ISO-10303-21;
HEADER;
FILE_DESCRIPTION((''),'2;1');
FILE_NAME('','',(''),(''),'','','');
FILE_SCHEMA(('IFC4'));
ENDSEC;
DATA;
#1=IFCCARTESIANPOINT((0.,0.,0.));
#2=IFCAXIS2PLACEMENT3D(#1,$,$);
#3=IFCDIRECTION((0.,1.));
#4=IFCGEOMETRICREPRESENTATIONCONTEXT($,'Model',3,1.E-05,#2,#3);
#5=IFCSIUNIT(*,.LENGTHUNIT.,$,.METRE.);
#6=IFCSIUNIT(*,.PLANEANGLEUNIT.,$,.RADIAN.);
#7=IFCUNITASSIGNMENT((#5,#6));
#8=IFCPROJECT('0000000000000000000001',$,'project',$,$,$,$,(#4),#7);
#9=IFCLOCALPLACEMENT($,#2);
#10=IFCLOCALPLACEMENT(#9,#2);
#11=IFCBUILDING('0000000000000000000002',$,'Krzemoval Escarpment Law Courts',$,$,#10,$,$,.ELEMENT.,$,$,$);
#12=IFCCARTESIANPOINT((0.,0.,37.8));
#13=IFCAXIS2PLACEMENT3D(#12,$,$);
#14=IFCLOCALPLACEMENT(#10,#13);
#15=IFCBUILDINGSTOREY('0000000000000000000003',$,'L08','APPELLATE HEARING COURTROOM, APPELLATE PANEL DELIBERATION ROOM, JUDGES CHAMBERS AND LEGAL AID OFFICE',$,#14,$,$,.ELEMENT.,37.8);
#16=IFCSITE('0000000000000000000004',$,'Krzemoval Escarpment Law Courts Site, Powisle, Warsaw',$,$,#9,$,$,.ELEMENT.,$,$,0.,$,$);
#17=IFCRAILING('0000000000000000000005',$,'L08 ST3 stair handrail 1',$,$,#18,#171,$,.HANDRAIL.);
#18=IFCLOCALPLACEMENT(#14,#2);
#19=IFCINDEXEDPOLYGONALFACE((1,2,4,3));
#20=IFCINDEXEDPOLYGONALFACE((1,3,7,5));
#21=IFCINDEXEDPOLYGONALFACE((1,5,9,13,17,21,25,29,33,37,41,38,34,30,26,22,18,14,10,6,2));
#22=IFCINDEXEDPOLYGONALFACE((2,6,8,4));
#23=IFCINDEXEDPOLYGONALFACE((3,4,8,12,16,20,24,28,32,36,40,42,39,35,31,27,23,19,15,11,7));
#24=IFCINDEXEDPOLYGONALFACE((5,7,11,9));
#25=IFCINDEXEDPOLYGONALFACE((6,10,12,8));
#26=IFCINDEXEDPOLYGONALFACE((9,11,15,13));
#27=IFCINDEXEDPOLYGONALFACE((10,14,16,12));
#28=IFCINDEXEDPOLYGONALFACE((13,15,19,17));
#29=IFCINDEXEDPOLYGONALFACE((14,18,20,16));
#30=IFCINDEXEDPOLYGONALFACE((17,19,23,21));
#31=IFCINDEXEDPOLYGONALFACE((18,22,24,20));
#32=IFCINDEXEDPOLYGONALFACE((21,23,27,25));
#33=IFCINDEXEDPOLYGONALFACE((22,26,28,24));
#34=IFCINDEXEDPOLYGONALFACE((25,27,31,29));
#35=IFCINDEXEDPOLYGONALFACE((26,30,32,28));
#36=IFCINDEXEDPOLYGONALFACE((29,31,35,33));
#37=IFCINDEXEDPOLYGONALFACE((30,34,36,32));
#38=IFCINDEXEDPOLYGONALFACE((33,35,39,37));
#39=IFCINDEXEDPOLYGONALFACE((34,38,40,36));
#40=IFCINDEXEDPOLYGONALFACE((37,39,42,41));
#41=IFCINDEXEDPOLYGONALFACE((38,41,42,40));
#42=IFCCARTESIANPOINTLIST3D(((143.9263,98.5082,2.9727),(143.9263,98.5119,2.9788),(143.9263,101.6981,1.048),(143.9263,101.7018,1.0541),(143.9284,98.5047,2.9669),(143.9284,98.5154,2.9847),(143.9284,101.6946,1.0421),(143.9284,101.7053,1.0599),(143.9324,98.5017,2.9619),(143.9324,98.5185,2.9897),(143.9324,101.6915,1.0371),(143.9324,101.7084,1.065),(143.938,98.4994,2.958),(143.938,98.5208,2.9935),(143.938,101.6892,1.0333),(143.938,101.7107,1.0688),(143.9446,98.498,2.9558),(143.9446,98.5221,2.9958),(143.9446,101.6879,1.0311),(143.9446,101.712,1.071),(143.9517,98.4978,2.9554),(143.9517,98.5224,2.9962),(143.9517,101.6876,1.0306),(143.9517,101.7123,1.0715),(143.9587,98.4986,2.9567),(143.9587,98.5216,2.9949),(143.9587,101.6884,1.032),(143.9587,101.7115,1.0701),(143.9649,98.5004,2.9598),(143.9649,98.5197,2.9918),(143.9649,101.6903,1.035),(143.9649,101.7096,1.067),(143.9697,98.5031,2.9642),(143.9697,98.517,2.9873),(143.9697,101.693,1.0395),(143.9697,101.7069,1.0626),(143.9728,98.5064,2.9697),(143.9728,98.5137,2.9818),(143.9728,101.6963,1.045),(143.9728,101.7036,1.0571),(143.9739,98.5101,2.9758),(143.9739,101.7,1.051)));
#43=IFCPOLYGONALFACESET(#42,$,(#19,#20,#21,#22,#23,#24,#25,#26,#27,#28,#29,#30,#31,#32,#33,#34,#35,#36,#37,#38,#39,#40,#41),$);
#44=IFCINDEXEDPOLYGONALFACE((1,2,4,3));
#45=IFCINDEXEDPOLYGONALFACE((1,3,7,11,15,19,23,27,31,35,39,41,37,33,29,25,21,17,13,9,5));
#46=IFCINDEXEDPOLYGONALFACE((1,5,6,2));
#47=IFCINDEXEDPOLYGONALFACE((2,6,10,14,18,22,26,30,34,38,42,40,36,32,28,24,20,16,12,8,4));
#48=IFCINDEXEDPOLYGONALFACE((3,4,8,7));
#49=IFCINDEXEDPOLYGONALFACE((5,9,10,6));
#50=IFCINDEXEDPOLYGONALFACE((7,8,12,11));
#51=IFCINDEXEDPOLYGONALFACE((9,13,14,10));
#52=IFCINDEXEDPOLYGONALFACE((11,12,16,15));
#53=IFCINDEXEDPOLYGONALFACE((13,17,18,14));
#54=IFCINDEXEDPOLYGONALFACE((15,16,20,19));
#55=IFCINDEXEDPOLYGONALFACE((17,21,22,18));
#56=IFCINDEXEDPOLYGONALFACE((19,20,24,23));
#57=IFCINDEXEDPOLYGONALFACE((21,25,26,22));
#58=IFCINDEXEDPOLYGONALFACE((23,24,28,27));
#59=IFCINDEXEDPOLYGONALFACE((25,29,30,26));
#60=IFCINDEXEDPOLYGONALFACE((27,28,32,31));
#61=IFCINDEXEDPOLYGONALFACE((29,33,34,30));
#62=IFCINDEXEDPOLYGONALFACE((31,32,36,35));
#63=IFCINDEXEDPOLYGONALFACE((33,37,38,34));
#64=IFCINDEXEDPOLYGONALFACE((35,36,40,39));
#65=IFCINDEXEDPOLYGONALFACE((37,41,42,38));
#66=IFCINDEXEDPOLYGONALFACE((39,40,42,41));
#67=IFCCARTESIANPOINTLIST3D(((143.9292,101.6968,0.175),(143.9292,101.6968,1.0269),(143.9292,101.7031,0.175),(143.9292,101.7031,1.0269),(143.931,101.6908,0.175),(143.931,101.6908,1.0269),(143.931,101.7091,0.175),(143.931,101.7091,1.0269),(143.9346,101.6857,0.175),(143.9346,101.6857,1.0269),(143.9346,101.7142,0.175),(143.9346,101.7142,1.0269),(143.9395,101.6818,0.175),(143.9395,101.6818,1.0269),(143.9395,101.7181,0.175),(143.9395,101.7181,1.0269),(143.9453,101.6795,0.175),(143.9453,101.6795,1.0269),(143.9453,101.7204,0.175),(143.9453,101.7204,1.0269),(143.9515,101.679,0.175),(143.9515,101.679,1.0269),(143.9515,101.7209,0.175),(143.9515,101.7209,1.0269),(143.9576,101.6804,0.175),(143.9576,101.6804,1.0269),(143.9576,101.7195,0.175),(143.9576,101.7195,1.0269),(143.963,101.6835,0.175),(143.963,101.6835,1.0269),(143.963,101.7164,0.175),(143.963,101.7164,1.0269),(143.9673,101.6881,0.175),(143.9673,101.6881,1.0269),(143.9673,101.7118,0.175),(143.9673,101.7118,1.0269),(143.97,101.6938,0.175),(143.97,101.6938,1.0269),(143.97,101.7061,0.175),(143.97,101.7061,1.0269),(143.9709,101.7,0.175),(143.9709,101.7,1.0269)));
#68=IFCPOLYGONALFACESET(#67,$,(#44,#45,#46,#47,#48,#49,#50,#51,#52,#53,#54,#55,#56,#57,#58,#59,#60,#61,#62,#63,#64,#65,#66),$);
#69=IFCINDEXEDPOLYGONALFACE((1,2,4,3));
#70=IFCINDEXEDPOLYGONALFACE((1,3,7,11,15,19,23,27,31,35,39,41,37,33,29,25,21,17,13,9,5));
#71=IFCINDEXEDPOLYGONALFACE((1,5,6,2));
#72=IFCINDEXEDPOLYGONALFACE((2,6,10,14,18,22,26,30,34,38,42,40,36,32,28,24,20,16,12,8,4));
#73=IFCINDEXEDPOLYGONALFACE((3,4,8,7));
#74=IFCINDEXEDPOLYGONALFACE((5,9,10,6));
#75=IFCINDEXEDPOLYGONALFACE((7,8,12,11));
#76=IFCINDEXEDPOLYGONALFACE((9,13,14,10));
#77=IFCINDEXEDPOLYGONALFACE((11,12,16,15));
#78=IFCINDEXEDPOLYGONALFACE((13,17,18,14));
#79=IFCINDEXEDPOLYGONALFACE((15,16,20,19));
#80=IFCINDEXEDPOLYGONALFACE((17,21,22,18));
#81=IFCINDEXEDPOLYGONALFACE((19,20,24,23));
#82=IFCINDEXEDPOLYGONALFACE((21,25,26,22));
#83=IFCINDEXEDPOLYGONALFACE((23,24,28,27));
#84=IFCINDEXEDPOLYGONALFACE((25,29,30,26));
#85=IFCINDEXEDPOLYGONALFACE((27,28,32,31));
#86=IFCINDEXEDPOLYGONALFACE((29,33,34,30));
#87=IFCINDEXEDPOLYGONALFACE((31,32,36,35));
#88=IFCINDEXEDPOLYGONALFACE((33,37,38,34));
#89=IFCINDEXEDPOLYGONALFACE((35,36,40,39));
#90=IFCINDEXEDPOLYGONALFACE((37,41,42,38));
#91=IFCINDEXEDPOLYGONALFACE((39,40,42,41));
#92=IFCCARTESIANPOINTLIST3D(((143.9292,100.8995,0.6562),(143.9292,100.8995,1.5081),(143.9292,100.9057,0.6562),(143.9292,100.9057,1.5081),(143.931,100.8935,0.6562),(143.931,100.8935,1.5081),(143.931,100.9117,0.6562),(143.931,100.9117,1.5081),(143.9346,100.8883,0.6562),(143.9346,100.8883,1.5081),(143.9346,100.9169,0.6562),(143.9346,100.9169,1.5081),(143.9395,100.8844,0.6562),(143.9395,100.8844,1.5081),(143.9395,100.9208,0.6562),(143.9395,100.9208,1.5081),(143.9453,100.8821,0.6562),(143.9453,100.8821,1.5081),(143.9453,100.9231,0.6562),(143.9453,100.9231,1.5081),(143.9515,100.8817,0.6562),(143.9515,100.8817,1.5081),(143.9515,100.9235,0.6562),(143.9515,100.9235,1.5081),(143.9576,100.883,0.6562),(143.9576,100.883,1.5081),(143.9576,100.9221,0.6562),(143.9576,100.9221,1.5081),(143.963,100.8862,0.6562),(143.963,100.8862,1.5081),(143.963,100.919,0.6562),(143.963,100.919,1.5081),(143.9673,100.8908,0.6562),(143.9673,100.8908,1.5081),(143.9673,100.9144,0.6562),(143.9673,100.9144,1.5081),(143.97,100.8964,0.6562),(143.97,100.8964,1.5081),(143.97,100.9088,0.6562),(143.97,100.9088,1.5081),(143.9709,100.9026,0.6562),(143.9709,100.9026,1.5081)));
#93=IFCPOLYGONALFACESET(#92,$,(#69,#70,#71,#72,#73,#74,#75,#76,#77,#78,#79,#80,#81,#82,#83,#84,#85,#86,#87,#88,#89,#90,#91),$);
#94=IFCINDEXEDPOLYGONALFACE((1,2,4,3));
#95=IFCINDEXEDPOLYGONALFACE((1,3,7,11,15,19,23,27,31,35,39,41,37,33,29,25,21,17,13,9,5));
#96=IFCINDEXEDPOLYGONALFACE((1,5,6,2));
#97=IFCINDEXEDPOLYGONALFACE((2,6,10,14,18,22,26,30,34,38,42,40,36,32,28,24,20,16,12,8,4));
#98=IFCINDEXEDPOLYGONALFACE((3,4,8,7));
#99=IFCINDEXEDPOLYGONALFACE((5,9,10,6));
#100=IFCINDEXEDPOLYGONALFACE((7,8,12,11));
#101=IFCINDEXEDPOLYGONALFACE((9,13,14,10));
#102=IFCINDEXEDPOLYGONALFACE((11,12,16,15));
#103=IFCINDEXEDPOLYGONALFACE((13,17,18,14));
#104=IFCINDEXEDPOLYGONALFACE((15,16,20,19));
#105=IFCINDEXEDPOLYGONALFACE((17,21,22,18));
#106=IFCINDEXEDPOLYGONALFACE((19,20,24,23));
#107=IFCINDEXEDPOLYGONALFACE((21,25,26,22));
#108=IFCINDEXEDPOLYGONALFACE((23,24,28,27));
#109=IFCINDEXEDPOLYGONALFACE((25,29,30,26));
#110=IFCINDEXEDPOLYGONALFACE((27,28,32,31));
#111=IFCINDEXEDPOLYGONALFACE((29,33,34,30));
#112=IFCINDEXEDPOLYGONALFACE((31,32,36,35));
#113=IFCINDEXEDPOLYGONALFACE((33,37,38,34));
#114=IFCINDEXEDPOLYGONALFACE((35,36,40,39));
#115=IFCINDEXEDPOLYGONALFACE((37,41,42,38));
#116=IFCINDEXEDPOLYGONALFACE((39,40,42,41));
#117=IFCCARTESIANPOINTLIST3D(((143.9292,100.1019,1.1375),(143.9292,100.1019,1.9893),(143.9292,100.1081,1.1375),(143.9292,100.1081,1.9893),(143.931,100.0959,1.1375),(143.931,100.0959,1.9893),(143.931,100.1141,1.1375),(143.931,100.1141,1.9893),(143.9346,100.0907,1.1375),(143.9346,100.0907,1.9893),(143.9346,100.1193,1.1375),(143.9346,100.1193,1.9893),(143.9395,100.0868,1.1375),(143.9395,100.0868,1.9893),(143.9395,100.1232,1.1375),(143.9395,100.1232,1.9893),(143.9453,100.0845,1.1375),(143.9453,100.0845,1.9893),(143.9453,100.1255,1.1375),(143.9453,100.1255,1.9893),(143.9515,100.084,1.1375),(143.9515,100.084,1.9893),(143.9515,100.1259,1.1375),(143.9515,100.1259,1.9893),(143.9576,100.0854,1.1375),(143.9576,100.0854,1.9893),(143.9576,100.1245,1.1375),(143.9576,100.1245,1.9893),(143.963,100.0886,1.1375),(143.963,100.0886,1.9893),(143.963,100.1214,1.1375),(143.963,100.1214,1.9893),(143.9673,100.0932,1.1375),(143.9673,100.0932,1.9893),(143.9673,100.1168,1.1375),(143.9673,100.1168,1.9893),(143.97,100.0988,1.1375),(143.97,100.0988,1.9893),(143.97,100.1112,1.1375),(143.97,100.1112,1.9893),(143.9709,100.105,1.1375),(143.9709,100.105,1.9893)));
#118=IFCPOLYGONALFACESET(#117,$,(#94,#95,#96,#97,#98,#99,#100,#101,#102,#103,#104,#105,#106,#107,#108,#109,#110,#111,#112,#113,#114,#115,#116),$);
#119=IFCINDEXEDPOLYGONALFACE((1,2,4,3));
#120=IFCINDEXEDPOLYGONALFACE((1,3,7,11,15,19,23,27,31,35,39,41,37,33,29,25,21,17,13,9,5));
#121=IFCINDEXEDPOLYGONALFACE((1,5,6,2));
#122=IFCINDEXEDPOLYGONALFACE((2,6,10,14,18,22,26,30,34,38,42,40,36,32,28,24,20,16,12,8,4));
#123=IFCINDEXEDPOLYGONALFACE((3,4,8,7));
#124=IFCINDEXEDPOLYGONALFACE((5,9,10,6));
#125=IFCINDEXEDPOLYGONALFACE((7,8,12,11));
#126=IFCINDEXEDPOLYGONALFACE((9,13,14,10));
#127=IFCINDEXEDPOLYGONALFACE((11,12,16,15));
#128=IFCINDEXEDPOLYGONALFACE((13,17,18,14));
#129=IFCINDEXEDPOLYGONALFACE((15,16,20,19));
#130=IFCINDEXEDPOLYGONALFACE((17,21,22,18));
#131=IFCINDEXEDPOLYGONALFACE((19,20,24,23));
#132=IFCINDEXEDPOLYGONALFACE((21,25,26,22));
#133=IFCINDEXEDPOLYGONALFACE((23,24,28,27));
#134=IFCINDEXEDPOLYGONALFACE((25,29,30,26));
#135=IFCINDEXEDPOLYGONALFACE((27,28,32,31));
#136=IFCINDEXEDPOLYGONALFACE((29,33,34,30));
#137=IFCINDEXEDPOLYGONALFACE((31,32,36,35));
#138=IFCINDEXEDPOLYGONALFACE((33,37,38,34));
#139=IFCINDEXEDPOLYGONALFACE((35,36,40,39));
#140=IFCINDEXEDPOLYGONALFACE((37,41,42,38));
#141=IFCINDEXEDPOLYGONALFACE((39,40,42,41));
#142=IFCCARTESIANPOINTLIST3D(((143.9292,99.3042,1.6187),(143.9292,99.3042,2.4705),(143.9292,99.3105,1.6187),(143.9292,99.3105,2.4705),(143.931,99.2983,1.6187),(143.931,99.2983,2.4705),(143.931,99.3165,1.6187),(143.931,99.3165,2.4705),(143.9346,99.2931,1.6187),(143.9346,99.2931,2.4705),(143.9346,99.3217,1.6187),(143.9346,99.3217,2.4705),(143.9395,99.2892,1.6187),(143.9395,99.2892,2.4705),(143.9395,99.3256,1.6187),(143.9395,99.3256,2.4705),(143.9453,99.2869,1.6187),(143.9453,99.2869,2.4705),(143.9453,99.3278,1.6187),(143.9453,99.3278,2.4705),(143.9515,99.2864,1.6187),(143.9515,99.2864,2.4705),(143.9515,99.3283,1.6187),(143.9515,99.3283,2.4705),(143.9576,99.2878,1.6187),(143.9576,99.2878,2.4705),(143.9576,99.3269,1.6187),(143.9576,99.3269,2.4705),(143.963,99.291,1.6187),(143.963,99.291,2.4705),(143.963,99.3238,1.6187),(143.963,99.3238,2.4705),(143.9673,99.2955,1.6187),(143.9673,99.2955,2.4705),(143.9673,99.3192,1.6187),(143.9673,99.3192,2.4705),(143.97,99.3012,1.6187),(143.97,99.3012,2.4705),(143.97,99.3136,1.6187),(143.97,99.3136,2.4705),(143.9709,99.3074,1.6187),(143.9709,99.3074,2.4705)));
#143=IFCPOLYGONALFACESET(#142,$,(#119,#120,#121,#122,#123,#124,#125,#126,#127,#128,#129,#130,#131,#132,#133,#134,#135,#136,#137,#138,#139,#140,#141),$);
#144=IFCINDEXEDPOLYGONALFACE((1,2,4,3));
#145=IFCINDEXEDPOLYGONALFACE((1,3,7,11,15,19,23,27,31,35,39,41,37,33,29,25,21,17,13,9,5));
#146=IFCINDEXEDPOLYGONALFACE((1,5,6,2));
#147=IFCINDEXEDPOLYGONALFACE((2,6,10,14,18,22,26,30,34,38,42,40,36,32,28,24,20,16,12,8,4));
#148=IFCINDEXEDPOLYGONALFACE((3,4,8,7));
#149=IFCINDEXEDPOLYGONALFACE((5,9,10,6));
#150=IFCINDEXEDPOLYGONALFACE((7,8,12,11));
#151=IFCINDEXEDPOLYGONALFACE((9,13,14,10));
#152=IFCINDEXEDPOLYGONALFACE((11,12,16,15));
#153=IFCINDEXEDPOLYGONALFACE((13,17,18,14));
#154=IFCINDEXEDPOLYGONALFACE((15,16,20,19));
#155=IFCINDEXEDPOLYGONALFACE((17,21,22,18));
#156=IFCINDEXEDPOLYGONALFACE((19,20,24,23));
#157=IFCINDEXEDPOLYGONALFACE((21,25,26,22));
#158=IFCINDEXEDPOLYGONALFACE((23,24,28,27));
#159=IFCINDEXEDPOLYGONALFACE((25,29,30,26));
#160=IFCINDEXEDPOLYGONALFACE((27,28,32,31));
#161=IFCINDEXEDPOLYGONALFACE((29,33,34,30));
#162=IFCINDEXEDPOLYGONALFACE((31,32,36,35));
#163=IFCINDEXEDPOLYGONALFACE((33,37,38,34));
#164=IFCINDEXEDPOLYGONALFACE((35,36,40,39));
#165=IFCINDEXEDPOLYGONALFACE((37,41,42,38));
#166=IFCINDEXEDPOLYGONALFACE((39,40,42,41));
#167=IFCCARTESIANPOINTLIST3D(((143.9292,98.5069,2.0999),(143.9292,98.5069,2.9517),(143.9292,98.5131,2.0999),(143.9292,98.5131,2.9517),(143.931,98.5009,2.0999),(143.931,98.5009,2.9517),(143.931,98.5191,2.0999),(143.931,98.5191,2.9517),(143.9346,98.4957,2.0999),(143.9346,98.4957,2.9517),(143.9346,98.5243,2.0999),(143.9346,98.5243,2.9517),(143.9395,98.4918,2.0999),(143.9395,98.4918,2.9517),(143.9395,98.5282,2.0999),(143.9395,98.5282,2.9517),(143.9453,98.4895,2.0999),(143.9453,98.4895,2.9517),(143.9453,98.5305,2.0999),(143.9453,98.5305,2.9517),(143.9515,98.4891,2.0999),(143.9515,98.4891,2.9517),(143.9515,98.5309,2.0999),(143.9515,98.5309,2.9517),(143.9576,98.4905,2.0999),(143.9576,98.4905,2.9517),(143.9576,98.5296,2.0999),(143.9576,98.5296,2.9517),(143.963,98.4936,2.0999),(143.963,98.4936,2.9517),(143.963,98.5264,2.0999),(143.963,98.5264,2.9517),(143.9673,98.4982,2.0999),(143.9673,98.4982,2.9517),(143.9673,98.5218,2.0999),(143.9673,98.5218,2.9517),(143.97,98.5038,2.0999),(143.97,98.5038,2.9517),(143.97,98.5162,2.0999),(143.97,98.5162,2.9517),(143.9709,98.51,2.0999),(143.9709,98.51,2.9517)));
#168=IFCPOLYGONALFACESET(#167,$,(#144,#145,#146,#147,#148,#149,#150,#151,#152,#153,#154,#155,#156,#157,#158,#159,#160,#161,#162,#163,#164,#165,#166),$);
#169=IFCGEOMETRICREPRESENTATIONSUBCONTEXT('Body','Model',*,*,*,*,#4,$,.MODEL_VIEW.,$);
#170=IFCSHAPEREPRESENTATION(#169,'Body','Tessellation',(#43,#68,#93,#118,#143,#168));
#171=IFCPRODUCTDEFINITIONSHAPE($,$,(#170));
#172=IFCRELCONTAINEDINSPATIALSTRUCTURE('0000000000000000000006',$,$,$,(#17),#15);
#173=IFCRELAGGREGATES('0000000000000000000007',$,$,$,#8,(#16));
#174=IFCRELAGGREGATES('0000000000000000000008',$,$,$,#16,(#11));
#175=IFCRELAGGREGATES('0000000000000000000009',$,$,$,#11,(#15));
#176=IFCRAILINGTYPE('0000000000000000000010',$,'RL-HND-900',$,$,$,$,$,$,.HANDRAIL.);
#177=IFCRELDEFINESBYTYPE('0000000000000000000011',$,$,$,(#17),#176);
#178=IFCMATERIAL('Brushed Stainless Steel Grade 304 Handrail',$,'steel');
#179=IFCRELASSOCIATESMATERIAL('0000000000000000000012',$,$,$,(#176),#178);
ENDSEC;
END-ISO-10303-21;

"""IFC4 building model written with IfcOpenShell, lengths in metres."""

from ifc_helpers import new_model, si_unit, direction, frame, origin, origin_2d, place, context, subcontext, project, spatial, circle, extrude, material, type_object, element, save


model = new_model("IFC4")

# Units and contexts
model_context = context("Model", 3, precision=1e-05, world=origin(), true_north=direction((0.0, 1.0)))
body_context = subcontext(model_context, "Body", "Model", "MODEL_VIEW")
ifc_project = project(units=[si_unit("LENGTHUNIT", "METRE"), si_unit("PLANEANGLEUNIT", "RADIAN")], contexts=[model_context])

# Site, building, storey
site_placement = place(None, origin())
site = spatial("IfcSite", under=ifc_project, at=site_placement, Name="Krzemoval Escarpment Law Courts Site, Powisle, Warsaw", CompositionType="ELEMENT", RefElevation=0.0)
building_placement = place(site_placement, origin())
building = spatial("IfcBuilding", under=site, at=building_placement, Name="Krzemoval Escarpment Law Courts", CompositionType="ELEMENT")
storey_placement = place(building_placement, frame((0.0, 0.0, 37.8)))
storey = spatial("IfcBuildingStorey", under=building, at=storey_placement, Name="L08", Description="APPELLATE HEARING COURTROOM, APPELLATE PANEL DELIBERATION ROOM, JUDGES CHAMBERS AND LEGAL AID OFFICE", CompositionType="ELEMENT", Elevation=37.8)

# Railing
ifc_material_1 = material(Name="Brushed Stainless Steel Grade 304 Handrail", Category="steel")
railing_type_1 = type_object("IfcRailingType", Name="RL-HND-900", PredefinedType="HANDRAIL", material=ifc_material_1)
railing_1_placement = place(storey_placement, frame((143.95, 101.7, 0.175)))
element("IfcRailing", 1, at=railing_1_placement, inside=storey, type_object=railing_type_1, Name="L08 ST3 stair handrail 1", PredefinedType="HANDRAIL", context=body_context, shape_type="SweptSolid", body=[
    extrude(circle(Radius=0.0239, at=origin_2d()), frame((0.0, 0.0, 0.876), z_axis=(0.0, -0.856207, 0.516633), x_axis=(1.0, 0.0, 0.0)), (0.0, 0.0, 1.0), 3.7256),
    extrude(circle(Radius=0.021, at=origin_2d()), origin(), (0.0, 0.0, 1.0), 0.8518),
    extrude(circle(Radius=0.021, at=origin_2d()), frame((0.0, -0.7974, 0.4812)), (0.0, 0.0, 1.0), 0.8518),
    extrude(circle(Radius=0.021, at=origin_2d()), frame((0.0, -1.595, 0.9624)), (0.0, 0.0, 1.0), 0.8518),
    extrude(circle(Radius=0.021, at=origin_2d()), frame((0.0, -2.3926, 1.4436)), (0.0, 0.0, 1.0), 0.8518),
    extrude(circle(Radius=0.021, at=origin_2d()), frame((0.0, -3.1899, 1.9248)), (0.0, 0.0, 1.0), 0.8518),
])

save(model, "model.ifc")
